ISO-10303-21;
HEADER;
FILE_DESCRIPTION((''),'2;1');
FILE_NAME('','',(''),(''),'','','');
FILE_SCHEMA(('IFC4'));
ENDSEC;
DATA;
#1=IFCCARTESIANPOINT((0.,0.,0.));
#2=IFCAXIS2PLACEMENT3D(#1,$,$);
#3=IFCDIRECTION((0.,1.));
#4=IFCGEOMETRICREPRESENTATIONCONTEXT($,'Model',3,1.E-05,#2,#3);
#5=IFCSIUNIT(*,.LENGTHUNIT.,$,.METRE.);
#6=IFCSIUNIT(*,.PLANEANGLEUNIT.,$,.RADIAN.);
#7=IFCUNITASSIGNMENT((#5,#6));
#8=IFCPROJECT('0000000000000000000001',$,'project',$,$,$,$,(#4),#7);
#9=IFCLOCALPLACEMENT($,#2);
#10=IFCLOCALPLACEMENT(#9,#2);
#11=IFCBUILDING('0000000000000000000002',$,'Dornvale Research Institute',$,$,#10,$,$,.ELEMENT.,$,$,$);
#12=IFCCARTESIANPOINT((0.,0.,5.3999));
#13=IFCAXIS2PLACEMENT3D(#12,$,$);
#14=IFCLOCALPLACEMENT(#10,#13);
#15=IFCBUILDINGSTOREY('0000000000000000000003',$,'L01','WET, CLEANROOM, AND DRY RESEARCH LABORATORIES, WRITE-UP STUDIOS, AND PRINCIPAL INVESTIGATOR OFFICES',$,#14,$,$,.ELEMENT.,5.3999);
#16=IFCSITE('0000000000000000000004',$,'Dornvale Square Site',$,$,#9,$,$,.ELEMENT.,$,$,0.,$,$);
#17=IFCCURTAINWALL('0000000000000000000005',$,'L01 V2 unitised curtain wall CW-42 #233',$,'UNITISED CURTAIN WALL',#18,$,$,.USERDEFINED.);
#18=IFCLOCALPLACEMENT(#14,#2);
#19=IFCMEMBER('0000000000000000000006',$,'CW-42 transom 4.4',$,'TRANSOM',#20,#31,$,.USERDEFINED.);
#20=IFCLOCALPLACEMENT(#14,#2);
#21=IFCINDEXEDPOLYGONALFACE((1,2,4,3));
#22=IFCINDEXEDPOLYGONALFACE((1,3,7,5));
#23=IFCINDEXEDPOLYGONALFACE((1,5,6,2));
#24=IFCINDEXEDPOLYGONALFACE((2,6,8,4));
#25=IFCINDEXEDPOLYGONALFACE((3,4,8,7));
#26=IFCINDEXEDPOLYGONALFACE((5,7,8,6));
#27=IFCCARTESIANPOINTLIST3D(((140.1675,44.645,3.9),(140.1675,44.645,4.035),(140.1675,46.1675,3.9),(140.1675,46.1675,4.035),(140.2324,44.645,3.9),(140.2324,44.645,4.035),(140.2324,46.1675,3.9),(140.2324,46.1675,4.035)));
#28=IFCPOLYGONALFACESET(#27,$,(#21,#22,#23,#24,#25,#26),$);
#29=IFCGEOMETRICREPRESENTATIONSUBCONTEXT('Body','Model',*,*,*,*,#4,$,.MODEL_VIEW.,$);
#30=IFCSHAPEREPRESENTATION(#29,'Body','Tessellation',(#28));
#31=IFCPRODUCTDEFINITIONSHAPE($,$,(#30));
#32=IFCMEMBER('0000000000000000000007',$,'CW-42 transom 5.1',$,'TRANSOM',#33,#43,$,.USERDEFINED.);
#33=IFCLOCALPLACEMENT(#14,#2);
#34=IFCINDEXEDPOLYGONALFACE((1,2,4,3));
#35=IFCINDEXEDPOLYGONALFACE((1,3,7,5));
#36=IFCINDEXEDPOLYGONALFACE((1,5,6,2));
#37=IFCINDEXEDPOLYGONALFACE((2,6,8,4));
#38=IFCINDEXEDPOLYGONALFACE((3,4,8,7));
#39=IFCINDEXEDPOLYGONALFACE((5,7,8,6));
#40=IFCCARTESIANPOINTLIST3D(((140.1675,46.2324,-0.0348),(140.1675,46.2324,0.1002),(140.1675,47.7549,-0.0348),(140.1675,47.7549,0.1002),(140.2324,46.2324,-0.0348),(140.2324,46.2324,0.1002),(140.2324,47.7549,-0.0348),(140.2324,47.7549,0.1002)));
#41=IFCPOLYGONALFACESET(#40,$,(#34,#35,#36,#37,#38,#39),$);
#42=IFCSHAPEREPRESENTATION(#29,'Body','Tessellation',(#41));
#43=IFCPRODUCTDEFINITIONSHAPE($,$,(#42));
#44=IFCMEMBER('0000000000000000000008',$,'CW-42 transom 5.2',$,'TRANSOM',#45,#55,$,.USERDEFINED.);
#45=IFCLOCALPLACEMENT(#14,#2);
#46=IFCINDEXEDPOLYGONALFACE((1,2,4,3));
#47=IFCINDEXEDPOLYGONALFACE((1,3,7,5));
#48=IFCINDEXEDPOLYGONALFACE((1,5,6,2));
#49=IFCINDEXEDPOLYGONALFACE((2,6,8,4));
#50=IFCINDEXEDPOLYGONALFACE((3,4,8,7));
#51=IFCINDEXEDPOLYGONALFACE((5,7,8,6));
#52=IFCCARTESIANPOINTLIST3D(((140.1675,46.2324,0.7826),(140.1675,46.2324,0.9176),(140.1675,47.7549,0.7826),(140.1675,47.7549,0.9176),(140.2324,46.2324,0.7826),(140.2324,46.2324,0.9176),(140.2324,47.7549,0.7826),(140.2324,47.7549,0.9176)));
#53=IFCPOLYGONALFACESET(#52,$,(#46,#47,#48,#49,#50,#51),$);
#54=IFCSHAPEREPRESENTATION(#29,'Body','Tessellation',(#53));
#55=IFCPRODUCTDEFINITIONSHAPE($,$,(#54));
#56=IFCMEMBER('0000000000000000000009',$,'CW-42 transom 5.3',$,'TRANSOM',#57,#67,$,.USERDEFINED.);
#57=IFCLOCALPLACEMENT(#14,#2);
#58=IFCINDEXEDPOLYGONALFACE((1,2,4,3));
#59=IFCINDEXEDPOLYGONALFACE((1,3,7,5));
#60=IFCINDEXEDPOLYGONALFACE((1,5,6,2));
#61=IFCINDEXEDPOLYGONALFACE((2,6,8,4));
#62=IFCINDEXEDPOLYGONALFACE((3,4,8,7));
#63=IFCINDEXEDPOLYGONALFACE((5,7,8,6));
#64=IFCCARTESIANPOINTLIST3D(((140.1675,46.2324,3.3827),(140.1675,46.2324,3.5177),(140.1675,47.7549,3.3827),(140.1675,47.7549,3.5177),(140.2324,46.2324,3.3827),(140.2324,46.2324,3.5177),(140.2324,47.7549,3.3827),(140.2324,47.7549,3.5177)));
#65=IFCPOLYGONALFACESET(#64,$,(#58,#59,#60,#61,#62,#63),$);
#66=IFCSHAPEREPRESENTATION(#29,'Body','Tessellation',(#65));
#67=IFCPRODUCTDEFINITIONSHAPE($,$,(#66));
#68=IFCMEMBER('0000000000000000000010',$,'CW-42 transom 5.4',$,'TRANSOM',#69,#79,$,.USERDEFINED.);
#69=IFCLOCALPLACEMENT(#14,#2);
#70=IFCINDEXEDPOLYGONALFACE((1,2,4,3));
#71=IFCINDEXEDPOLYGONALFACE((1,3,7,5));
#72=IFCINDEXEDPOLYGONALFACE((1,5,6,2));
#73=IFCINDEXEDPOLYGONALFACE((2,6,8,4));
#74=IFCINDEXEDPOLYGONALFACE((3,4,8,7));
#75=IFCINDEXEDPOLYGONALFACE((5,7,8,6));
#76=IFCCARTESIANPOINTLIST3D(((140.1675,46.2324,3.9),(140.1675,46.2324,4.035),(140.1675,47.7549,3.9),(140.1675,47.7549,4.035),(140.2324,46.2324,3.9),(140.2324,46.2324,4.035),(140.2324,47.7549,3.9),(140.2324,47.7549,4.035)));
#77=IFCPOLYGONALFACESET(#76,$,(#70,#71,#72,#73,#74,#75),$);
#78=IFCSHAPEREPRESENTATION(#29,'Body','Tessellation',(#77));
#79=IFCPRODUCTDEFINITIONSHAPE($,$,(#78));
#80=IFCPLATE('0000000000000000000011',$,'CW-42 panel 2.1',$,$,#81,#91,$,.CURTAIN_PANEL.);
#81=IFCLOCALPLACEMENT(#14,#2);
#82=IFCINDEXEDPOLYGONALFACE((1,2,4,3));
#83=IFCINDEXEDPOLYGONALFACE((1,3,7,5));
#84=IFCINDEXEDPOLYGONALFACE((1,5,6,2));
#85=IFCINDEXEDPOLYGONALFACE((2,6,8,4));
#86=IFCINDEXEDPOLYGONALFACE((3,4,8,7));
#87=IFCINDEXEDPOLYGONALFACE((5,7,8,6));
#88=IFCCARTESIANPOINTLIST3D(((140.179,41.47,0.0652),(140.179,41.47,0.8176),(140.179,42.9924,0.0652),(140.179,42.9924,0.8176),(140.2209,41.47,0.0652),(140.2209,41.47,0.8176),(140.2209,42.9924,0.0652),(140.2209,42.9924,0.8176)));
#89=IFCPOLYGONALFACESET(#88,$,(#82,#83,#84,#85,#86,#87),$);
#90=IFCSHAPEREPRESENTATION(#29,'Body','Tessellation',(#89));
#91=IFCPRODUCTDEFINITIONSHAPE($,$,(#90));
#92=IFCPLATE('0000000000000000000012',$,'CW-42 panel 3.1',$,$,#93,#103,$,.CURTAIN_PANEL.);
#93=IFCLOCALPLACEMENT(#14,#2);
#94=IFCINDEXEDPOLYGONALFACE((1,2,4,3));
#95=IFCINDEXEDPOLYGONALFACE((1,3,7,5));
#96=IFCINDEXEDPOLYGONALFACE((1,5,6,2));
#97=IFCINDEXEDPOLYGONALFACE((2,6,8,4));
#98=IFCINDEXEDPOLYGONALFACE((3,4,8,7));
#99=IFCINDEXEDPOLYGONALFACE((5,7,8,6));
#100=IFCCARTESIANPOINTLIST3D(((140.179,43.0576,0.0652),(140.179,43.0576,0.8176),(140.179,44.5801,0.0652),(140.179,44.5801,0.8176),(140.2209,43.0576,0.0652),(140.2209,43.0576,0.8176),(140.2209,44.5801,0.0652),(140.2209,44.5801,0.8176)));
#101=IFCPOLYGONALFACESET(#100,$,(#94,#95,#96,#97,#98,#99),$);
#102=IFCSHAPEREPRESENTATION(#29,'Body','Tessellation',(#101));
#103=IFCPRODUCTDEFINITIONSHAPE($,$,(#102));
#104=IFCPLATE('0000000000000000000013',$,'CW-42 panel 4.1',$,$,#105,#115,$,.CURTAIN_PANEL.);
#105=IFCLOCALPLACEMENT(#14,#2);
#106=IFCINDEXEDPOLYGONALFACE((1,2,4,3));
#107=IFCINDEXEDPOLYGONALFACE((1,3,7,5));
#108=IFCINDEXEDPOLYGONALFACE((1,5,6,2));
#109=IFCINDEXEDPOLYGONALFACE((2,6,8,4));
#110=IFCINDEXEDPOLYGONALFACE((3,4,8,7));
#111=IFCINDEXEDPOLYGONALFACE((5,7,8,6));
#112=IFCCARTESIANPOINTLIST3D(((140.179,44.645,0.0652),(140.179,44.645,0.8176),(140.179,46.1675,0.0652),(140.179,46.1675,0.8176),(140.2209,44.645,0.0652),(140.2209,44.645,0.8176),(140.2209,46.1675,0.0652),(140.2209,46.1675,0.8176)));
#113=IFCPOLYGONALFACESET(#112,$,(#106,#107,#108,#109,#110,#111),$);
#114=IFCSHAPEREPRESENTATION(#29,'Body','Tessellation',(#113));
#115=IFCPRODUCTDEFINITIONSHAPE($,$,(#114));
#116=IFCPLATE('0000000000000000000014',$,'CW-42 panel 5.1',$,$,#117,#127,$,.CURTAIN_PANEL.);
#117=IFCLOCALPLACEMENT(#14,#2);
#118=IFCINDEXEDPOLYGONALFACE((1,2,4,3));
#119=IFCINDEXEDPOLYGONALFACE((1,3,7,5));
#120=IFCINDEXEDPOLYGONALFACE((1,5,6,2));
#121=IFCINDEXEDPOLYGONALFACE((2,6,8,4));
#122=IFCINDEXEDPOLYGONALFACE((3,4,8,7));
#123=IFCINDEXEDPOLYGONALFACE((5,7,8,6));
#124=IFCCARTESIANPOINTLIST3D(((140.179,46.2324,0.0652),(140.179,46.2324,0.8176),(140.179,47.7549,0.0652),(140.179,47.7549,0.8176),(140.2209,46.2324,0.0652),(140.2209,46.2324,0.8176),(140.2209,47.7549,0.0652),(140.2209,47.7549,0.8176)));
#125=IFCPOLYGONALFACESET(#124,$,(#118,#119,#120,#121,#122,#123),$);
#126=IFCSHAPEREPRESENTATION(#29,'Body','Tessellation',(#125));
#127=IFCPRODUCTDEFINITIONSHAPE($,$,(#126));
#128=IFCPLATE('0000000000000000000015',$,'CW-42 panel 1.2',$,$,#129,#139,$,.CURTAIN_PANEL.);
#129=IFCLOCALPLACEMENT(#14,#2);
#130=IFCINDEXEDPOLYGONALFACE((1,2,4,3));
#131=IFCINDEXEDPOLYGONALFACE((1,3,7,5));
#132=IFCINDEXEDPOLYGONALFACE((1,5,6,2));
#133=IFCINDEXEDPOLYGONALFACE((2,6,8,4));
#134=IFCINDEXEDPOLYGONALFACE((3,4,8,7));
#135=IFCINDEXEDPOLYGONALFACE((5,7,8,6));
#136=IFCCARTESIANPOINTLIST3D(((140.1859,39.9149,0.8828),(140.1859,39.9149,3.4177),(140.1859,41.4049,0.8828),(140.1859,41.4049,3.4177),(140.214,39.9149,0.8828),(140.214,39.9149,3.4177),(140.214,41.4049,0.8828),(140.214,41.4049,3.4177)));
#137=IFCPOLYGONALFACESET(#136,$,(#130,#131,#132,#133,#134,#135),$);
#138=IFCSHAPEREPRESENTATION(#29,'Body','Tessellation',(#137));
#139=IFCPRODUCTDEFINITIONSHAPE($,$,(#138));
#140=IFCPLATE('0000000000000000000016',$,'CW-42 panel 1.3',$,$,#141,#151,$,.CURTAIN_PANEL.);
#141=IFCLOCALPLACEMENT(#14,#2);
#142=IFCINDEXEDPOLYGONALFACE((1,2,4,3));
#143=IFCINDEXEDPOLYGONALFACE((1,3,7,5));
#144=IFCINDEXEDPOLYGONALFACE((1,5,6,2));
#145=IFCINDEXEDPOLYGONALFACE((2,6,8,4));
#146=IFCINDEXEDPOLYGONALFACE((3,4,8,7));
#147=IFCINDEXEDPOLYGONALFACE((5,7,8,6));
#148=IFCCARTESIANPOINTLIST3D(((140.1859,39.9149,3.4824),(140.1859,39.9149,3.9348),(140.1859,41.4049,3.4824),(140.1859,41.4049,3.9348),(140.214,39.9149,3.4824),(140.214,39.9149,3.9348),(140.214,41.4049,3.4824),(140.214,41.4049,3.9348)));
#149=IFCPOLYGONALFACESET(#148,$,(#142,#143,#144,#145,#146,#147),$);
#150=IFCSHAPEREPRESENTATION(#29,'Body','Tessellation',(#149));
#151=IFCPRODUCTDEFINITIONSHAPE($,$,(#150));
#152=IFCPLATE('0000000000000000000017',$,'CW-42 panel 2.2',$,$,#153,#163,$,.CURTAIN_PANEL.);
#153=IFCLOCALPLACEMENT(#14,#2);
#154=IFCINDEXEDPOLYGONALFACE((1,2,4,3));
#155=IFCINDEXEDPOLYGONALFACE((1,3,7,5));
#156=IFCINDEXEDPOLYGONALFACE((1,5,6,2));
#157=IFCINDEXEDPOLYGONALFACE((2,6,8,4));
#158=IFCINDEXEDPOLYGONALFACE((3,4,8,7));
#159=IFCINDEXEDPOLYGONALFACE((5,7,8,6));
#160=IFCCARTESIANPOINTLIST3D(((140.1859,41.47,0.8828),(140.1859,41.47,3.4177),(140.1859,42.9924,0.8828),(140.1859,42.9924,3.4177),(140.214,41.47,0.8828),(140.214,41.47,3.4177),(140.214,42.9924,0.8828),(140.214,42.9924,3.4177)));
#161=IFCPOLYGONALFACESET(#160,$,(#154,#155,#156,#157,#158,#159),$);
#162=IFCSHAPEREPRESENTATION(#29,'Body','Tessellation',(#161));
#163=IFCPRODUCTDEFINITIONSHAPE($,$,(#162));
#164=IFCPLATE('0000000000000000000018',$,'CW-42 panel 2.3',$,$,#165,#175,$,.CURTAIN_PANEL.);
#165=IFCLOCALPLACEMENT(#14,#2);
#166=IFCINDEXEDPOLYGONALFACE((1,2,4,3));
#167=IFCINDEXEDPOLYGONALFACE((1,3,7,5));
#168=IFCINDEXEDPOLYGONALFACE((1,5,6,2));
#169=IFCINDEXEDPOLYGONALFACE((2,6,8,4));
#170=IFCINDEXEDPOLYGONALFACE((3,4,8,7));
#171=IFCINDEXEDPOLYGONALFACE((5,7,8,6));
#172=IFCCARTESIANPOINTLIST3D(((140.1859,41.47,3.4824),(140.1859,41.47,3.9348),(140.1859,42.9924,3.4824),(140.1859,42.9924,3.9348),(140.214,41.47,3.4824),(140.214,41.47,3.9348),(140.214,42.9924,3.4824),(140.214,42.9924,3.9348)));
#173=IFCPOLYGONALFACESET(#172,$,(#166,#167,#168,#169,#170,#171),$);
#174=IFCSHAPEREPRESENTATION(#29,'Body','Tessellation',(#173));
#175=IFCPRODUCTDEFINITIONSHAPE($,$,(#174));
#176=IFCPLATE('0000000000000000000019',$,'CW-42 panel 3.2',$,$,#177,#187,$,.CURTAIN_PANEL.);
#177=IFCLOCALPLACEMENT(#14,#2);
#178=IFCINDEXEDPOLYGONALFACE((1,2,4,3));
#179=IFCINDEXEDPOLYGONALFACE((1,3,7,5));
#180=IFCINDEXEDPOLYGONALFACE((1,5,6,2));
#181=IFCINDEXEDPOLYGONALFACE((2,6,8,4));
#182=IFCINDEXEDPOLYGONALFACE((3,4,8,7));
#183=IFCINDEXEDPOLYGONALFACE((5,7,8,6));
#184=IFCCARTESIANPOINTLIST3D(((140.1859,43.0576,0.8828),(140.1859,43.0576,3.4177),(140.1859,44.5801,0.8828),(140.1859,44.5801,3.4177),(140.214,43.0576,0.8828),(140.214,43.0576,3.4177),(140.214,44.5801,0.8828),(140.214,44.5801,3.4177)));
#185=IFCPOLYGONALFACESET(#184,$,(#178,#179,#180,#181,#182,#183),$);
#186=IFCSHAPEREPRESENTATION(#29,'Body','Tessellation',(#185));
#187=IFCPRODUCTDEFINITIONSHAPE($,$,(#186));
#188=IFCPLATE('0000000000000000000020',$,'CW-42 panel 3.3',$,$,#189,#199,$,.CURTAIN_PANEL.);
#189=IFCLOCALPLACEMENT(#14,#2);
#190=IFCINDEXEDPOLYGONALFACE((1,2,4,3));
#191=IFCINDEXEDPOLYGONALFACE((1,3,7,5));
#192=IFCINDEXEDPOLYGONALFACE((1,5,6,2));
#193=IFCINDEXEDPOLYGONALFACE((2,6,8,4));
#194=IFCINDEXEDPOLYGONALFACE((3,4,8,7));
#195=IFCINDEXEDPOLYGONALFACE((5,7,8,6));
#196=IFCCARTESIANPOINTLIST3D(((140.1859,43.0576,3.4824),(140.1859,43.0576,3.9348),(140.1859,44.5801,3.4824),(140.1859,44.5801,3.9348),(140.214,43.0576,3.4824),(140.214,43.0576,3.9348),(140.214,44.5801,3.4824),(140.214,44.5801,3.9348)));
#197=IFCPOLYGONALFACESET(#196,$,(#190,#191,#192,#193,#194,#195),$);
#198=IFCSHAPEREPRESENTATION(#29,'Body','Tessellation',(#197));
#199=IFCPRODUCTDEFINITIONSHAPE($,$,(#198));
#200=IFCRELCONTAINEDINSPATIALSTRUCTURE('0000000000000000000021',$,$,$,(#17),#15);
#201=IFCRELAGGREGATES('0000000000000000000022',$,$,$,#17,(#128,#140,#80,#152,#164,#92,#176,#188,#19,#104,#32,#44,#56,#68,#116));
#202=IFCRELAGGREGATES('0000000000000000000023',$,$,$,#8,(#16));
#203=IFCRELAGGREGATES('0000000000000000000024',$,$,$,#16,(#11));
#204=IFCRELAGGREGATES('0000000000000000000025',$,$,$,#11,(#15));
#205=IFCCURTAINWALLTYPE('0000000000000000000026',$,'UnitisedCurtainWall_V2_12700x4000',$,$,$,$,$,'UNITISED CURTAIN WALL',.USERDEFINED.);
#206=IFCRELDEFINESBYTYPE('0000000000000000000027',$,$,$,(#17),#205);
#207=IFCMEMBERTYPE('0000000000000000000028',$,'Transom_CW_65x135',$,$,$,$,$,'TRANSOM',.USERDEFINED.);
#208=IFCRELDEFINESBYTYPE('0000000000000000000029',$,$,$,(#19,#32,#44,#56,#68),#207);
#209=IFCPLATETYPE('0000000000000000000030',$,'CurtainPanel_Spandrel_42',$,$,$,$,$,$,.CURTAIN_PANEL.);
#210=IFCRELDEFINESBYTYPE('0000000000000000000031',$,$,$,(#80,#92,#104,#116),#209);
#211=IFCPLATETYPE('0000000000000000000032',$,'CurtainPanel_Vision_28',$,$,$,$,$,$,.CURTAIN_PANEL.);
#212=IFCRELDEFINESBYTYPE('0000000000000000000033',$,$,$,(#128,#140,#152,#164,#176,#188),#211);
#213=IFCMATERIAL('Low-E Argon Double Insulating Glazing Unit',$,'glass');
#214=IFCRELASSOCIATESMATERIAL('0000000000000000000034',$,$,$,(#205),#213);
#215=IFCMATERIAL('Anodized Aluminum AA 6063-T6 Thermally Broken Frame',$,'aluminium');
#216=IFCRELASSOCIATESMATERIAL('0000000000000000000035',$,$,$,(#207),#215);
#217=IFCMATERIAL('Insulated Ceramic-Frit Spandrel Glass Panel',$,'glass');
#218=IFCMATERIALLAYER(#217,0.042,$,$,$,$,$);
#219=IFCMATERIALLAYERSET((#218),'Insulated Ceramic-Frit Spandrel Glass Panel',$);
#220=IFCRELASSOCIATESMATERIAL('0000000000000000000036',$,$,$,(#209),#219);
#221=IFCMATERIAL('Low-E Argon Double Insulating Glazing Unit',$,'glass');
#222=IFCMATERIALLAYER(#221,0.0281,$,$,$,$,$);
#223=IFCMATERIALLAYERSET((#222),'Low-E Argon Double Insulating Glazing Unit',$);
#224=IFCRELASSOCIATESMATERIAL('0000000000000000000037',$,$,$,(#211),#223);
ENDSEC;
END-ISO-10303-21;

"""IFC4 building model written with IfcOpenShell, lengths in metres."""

from ifc_helpers import new_model, si_unit, direction, frame, origin, origin_2d, place, context, subcontext, project, spatial, rectangle, extrude, material, layer, layer_set, material_profile, profile_set, type_object, element, aggregate, save


model = new_model("IFC4")

# Units and contexts
model_context = context("Model", 3, precision=1e-05, world=origin(), true_north=direction((0.0, 1.0)))
body_context = subcontext(model_context, "Body", "Model", "MODEL_VIEW")
ifc_project = project(units=[si_unit("LENGTHUNIT", "METRE"), si_unit("PLANEANGLEUNIT", "RADIAN")], contexts=[model_context])

# Site, building, storey
site_placement = place(None, origin())
site = spatial("IfcSite", under=ifc_project, at=site_placement, Name="Dornvale Square Site", CompositionType="ELEMENT", RefElevation=0.0)
building_placement = place(site_placement, origin())
building = spatial("IfcBuilding", under=site, at=building_placement, Name="Dornvale Research Institute", CompositionType="ELEMENT")
storey_placement = place(building_placement, frame((0.0, 0.0, 5.3999)))
storey = spatial("IfcBuildingStorey", under=building, at=storey_placement, Name="L01", Description="WET, CLEANROOM, AND DRY RESEARCH LABORATORIES, WRITE-UP STUDIOS, AND PRINCIPAL INVESTIGATOR OFFICES", CompositionType="ELEMENT", Elevation=5.3999)

# Curtain wall, members, plates
ifc_material_1 = material(Name="Low-E Argon Double Insulating Glazing Unit", Category="glass")
curtain_wall_type = type_object("IfcCurtainWallType", Name="UnitisedCurtainWall_V2_12700x4000", ElementType="UNITISED CURTAIN WALL", PredefinedType="USERDEFINED", material=ifc_material_1)
curtain_wall_placement = place(storey_placement, origin())
curtain_wall = element("IfcCurtainWall", 1, at=curtain_wall_placement, inside=storey, type_object=curtain_wall_type, Name="L01 V2 unitised curtain wall CW-42 #233", ObjectType="UNITISED CURTAIN WALL", PredefinedType="USERDEFINED")
ifc_material_2 = material(Name="Anodized Aluminum AA 6063-T6 Thermally Broken Frame", Category="aluminium")
ifc_material_profile_1 = material_profile(ifc_material_2, rectangle(XDim=0.0649, YDim=0.135, at=origin_2d()), Name="ALU TRANSOM 65x135")
ifc_profile_set_1 = profile_set([ifc_material_profile_1], Name="Anodized Aluminum AA 6063-T6 Thermally Broken Frame")
member_type_1 = type_object("IfcMemberType", Name="Transom_CW_65x135", ElementType="TRANSOM", PredefinedType="USERDEFINED", material=ifc_profile_set_1)
member_1_placement = place(storey_placement, frame((140.2, 44.645, 3.9675), z_axis=(0.0, 1.0, 0.0), x_axis=(-1.0, 0.0, 0.0)))
member_1 = element("IfcMember", 2, at=member_1_placement, type_object=member_type_1, Name="CW-42 transom 4.4", ObjectType="TRANSOM", PredefinedType="USERDEFINED", context=body_context, shape_type="SweptSolid", body=[
    extrude(rectangle(XDim=0.0649, YDim=0.135, at=origin_2d()), origin(), (0.0, 0.0, 1.0), 1.5225),
])
member_2_placement = place(storey_placement, frame((140.2, 46.2324, 0.0327), z_axis=(0.0, 1.0, 0.0), x_axis=(-1.0, 0.0, 0.0)))
member_2 = element("IfcMember", 3, at=member_2_placement, type_object=member_type_1, Name="CW-42 transom 5.1", ObjectType="TRANSOM", PredefinedType="USERDEFINED", context=body_context, shape_type="SweptSolid", body=[
    extrude(rectangle(XDim=0.0649, YDim=0.135, at=origin_2d()), origin(), (0.0, 0.0, 1.0), 1.5225),
])
member_3_placement = place(storey_placement, frame((140.2, 46.2324, 0.8501), z_axis=(0.0, 1.0, 0.0), x_axis=(-1.0, 0.0, 0.0)))
member_3 = element("IfcMember", 4, at=member_3_placement, type_object=member_type_1, Name="CW-42 transom 5.2", ObjectType="TRANSOM", PredefinedType="USERDEFINED", context=body_context, shape_type="SweptSolid", body=[
    extrude(rectangle(XDim=0.0649, YDim=0.135, at=origin_2d()), origin(), (0.0, 0.0, 1.0), 1.5225),
])
member_4_placement = place(storey_placement, frame((140.2, 46.2324, 3.4502), z_axis=(0.0, 1.0, 0.0), x_axis=(-1.0, 0.0, 0.0)))
member_4 = element("IfcMember", 5, at=member_4_placement, type_object=member_type_1, Name="CW-42 transom 5.3", ObjectType="TRANSOM", PredefinedType="USERDEFINED", context=body_context, shape_type="SweptSolid", body=[
    extrude(rectangle(XDim=0.0649, YDim=0.135, at=origin_2d()), origin(), (0.0, 0.0, 1.0), 1.5225),
])
member_5_placement = place(storey_placement, frame((140.2, 46.2324, 3.9675), z_axis=(0.0, 1.0, 0.0), x_axis=(-1.0, 0.0, 0.0)))
member_5 = element("IfcMember", 6, at=member_5_placement, type_object=member_type_1, Name="CW-42 transom 5.4", ObjectType="TRANSOM", PredefinedType="USERDEFINED", context=body_context, shape_type="SweptSolid", body=[
    extrude(rectangle(XDim=0.0649, YDim=0.135, at=origin_2d()), origin(), (0.0, 0.0, 1.0), 1.5225),
])
ifc_material_3 = material(Name="Insulated Ceramic-Frit Spandrel Glass Panel", Category="glass")
ifc_layer_1 = layer(ifc_material_3, 0.042)
ifc_layer_set_1 = layer_set([ifc_layer_1], Name="Insulated Ceramic-Frit Spandrel Glass Panel")
plate_type_1 = type_object("IfcPlateType", Name="CurtainPanel_Spandrel_42", PredefinedType="CURTAIN_PANEL", material=ifc_layer_set_1)
plate_1_placement = place(storey_placement, frame((140.2, 42.2312, 0.0652), z_axis=(0.0, 0.0, 1.0), x_axis=(0.0, 1.0, 0.0)))
plate_1 = element("IfcPlate", 7, at=plate_1_placement, type_object=plate_type_1, Name="CW-42 panel 2.1", PredefinedType="CURTAIN_PANEL", context=body_context, shape_type="SweptSolid", body=[
    extrude(rectangle(XDim=1.5225, YDim=0.042, at=origin_2d()), origin(), (0.0, 0.0, 1.0), 0.7524),
])
plate_2_placement = place(storey_placement, frame((140.2, 43.8188, 0.0652), z_axis=(0.0, 0.0, 1.0), x_axis=(0.0, 1.0, 0.0)))
plate_2 = element("IfcPlate", 8, at=plate_2_placement, type_object=plate_type_1, Name="CW-42 panel 3.1", PredefinedType="CURTAIN_PANEL", context=body_context, shape_type="SweptSolid", body=[
    extrude(rectangle(XDim=1.5225, YDim=0.042, at=origin_2d()), origin(), (0.0, 0.0, 1.0), 0.7524),
])
plate_3_placement = place(storey_placement, frame((140.2, 45.4062, 0.0652), z_axis=(0.0, 0.0, 1.0), x_axis=(0.0, 1.0, 0.0)))
plate_3 = element("IfcPlate", 9, at=plate_3_placement, type_object=plate_type_1, Name="CW-42 panel 4.1", PredefinedType="CURTAIN_PANEL", context=body_context, shape_type="SweptSolid", body=[
    extrude(rectangle(XDim=1.5225, YDim=0.042, at=origin_2d()), origin(), (0.0, 0.0, 1.0), 0.7524),
])
plate_4_placement = place(storey_placement, frame((140.2, 46.9937, 0.0652), z_axis=(0.0, 0.0, 1.0), x_axis=(0.0, 1.0, 0.0)))
plate_4 = element("IfcPlate", 10, at=plate_4_placement, type_object=plate_type_1, Name="CW-42 panel 5.1", PredefinedType="CURTAIN_PANEL", context=body_context, shape_type="SweptSolid", body=[
    extrude(rectangle(XDim=1.5225, YDim=0.042, at=origin_2d()), origin(), (0.0, 0.0, 1.0), 0.7524),
])
ifc_material_4 = material(Name="Low-E Argon Double Insulating Glazing Unit", Category="glass")
ifc_layer_2 = layer(ifc_material_4, 0.0281)
ifc_layer_set_2 = layer_set([ifc_layer_2], Name="Low-E Argon Double Insulating Glazing Unit")
plate_type_2 = type_object("IfcPlateType", Name="CurtainPanel_Vision_28", PredefinedType="CURTAIN_PANEL", material=ifc_layer_set_2)
plate_5_placement = place(storey_placement, frame((140.2, 40.6599, 0.8828), z_axis=(0.0, 0.0, 1.0), x_axis=(0.0, 1.0, 0.0)))
plate_5 = element("IfcPlate", 11, at=plate_5_placement, type_object=plate_type_2, Name="CW-42 panel 1.2", PredefinedType="CURTAIN_PANEL", context=body_context, shape_type="SweptSolid", body=[
    extrude(rectangle(XDim=1.49, YDim=0.0281, at=origin_2d()), origin(), (0.0, 0.0, 1.0), 2.5349),
])
plate_6_placement = place(storey_placement, frame((140.2, 40.6599, 3.4824), z_axis=(0.0, 0.0, 1.0), x_axis=(0.0, 1.0, 0.0)))
plate_6 = element("IfcPlate", 12, at=plate_6_placement, type_object=plate_type_2, Name="CW-42 panel 1.3", PredefinedType="CURTAIN_PANEL", context=body_context, shape_type="SweptSolid", body=[
    extrude(rectangle(XDim=1.49, YDim=0.0281, at=origin_2d()), origin(), (0.0, 0.0, 1.0), 0.4524),
])
plate_7_placement = place(storey_placement, frame((140.2, 42.2312, 0.8828), z_axis=(0.0, 0.0, 1.0), x_axis=(0.0, 1.0, 0.0)))
plate_7 = element("IfcPlate", 13, at=plate_7_placement, type_object=plate_type_2, Name="CW-42 panel 2.2", PredefinedType="CURTAIN_PANEL", context=body_context, shape_type="SweptSolid", body=[
    extrude(rectangle(XDim=1.5225, YDim=0.0281, at=origin_2d()), origin(), (0.0, 0.0, 1.0), 2.5349),
])
plate_8_placement = place(storey_placement, frame((140.2, 42.2312, 3.4824), z_axis=(0.0, 0.0, 1.0), x_axis=(0.0, 1.0, 0.0)))
plate_8 = element("IfcPlate", 14, at=plate_8_placement, type_object=plate_type_2, Name="CW-42 panel 2.3", PredefinedType="CURTAIN_PANEL", context=body_context, shape_type="SweptSolid", body=[
    extrude(rectangle(XDim=1.5225, YDim=0.0281, at=origin_2d()), origin(), (0.0, 0.0, 1.0), 0.4524),
])
plate_9_placement = place(storey_placement, frame((140.2, 43.8188, 0.8828), z_axis=(0.0, 0.0, 1.0), x_axis=(0.0, 1.0, 0.0)))
plate_9 = element("IfcPlate", 15, at=plate_9_placement, type_object=plate_type_2, Name="CW-42 panel 3.2", PredefinedType="CURTAIN_PANEL", context=body_context, shape_type="SweptSolid", body=[
    extrude(rectangle(XDim=1.5225, YDim=0.0281, at=origin_2d()), origin(), (0.0, 0.0, 1.0), 2.5349),
])
plate_10_placement = place(storey_placement, frame((140.2, 43.8188, 3.4824), z_axis=(0.0, 0.0, 1.0), x_axis=(0.0, 1.0, 0.0)))
plate_10 = element("IfcPlate", 16, at=plate_10_placement, type_object=plate_type_2, Name="CW-42 panel 3.3", PredefinedType="CURTAIN_PANEL", context=body_context, shape_type="SweptSolid", body=[
    extrude(rectangle(XDim=1.5225, YDim=0.0281, at=origin_2d()), origin(), (0.0, 0.0, 1.0), 0.4524),
])
aggregate(curtain_wall, [plate_5, plate_6, plate_1, plate_7, plate_8, plate_2, plate_9, plate_10, member_1, plate_3, member_2, member_3, member_4, member_5, plate_4])

save(model, "model.ifc")
